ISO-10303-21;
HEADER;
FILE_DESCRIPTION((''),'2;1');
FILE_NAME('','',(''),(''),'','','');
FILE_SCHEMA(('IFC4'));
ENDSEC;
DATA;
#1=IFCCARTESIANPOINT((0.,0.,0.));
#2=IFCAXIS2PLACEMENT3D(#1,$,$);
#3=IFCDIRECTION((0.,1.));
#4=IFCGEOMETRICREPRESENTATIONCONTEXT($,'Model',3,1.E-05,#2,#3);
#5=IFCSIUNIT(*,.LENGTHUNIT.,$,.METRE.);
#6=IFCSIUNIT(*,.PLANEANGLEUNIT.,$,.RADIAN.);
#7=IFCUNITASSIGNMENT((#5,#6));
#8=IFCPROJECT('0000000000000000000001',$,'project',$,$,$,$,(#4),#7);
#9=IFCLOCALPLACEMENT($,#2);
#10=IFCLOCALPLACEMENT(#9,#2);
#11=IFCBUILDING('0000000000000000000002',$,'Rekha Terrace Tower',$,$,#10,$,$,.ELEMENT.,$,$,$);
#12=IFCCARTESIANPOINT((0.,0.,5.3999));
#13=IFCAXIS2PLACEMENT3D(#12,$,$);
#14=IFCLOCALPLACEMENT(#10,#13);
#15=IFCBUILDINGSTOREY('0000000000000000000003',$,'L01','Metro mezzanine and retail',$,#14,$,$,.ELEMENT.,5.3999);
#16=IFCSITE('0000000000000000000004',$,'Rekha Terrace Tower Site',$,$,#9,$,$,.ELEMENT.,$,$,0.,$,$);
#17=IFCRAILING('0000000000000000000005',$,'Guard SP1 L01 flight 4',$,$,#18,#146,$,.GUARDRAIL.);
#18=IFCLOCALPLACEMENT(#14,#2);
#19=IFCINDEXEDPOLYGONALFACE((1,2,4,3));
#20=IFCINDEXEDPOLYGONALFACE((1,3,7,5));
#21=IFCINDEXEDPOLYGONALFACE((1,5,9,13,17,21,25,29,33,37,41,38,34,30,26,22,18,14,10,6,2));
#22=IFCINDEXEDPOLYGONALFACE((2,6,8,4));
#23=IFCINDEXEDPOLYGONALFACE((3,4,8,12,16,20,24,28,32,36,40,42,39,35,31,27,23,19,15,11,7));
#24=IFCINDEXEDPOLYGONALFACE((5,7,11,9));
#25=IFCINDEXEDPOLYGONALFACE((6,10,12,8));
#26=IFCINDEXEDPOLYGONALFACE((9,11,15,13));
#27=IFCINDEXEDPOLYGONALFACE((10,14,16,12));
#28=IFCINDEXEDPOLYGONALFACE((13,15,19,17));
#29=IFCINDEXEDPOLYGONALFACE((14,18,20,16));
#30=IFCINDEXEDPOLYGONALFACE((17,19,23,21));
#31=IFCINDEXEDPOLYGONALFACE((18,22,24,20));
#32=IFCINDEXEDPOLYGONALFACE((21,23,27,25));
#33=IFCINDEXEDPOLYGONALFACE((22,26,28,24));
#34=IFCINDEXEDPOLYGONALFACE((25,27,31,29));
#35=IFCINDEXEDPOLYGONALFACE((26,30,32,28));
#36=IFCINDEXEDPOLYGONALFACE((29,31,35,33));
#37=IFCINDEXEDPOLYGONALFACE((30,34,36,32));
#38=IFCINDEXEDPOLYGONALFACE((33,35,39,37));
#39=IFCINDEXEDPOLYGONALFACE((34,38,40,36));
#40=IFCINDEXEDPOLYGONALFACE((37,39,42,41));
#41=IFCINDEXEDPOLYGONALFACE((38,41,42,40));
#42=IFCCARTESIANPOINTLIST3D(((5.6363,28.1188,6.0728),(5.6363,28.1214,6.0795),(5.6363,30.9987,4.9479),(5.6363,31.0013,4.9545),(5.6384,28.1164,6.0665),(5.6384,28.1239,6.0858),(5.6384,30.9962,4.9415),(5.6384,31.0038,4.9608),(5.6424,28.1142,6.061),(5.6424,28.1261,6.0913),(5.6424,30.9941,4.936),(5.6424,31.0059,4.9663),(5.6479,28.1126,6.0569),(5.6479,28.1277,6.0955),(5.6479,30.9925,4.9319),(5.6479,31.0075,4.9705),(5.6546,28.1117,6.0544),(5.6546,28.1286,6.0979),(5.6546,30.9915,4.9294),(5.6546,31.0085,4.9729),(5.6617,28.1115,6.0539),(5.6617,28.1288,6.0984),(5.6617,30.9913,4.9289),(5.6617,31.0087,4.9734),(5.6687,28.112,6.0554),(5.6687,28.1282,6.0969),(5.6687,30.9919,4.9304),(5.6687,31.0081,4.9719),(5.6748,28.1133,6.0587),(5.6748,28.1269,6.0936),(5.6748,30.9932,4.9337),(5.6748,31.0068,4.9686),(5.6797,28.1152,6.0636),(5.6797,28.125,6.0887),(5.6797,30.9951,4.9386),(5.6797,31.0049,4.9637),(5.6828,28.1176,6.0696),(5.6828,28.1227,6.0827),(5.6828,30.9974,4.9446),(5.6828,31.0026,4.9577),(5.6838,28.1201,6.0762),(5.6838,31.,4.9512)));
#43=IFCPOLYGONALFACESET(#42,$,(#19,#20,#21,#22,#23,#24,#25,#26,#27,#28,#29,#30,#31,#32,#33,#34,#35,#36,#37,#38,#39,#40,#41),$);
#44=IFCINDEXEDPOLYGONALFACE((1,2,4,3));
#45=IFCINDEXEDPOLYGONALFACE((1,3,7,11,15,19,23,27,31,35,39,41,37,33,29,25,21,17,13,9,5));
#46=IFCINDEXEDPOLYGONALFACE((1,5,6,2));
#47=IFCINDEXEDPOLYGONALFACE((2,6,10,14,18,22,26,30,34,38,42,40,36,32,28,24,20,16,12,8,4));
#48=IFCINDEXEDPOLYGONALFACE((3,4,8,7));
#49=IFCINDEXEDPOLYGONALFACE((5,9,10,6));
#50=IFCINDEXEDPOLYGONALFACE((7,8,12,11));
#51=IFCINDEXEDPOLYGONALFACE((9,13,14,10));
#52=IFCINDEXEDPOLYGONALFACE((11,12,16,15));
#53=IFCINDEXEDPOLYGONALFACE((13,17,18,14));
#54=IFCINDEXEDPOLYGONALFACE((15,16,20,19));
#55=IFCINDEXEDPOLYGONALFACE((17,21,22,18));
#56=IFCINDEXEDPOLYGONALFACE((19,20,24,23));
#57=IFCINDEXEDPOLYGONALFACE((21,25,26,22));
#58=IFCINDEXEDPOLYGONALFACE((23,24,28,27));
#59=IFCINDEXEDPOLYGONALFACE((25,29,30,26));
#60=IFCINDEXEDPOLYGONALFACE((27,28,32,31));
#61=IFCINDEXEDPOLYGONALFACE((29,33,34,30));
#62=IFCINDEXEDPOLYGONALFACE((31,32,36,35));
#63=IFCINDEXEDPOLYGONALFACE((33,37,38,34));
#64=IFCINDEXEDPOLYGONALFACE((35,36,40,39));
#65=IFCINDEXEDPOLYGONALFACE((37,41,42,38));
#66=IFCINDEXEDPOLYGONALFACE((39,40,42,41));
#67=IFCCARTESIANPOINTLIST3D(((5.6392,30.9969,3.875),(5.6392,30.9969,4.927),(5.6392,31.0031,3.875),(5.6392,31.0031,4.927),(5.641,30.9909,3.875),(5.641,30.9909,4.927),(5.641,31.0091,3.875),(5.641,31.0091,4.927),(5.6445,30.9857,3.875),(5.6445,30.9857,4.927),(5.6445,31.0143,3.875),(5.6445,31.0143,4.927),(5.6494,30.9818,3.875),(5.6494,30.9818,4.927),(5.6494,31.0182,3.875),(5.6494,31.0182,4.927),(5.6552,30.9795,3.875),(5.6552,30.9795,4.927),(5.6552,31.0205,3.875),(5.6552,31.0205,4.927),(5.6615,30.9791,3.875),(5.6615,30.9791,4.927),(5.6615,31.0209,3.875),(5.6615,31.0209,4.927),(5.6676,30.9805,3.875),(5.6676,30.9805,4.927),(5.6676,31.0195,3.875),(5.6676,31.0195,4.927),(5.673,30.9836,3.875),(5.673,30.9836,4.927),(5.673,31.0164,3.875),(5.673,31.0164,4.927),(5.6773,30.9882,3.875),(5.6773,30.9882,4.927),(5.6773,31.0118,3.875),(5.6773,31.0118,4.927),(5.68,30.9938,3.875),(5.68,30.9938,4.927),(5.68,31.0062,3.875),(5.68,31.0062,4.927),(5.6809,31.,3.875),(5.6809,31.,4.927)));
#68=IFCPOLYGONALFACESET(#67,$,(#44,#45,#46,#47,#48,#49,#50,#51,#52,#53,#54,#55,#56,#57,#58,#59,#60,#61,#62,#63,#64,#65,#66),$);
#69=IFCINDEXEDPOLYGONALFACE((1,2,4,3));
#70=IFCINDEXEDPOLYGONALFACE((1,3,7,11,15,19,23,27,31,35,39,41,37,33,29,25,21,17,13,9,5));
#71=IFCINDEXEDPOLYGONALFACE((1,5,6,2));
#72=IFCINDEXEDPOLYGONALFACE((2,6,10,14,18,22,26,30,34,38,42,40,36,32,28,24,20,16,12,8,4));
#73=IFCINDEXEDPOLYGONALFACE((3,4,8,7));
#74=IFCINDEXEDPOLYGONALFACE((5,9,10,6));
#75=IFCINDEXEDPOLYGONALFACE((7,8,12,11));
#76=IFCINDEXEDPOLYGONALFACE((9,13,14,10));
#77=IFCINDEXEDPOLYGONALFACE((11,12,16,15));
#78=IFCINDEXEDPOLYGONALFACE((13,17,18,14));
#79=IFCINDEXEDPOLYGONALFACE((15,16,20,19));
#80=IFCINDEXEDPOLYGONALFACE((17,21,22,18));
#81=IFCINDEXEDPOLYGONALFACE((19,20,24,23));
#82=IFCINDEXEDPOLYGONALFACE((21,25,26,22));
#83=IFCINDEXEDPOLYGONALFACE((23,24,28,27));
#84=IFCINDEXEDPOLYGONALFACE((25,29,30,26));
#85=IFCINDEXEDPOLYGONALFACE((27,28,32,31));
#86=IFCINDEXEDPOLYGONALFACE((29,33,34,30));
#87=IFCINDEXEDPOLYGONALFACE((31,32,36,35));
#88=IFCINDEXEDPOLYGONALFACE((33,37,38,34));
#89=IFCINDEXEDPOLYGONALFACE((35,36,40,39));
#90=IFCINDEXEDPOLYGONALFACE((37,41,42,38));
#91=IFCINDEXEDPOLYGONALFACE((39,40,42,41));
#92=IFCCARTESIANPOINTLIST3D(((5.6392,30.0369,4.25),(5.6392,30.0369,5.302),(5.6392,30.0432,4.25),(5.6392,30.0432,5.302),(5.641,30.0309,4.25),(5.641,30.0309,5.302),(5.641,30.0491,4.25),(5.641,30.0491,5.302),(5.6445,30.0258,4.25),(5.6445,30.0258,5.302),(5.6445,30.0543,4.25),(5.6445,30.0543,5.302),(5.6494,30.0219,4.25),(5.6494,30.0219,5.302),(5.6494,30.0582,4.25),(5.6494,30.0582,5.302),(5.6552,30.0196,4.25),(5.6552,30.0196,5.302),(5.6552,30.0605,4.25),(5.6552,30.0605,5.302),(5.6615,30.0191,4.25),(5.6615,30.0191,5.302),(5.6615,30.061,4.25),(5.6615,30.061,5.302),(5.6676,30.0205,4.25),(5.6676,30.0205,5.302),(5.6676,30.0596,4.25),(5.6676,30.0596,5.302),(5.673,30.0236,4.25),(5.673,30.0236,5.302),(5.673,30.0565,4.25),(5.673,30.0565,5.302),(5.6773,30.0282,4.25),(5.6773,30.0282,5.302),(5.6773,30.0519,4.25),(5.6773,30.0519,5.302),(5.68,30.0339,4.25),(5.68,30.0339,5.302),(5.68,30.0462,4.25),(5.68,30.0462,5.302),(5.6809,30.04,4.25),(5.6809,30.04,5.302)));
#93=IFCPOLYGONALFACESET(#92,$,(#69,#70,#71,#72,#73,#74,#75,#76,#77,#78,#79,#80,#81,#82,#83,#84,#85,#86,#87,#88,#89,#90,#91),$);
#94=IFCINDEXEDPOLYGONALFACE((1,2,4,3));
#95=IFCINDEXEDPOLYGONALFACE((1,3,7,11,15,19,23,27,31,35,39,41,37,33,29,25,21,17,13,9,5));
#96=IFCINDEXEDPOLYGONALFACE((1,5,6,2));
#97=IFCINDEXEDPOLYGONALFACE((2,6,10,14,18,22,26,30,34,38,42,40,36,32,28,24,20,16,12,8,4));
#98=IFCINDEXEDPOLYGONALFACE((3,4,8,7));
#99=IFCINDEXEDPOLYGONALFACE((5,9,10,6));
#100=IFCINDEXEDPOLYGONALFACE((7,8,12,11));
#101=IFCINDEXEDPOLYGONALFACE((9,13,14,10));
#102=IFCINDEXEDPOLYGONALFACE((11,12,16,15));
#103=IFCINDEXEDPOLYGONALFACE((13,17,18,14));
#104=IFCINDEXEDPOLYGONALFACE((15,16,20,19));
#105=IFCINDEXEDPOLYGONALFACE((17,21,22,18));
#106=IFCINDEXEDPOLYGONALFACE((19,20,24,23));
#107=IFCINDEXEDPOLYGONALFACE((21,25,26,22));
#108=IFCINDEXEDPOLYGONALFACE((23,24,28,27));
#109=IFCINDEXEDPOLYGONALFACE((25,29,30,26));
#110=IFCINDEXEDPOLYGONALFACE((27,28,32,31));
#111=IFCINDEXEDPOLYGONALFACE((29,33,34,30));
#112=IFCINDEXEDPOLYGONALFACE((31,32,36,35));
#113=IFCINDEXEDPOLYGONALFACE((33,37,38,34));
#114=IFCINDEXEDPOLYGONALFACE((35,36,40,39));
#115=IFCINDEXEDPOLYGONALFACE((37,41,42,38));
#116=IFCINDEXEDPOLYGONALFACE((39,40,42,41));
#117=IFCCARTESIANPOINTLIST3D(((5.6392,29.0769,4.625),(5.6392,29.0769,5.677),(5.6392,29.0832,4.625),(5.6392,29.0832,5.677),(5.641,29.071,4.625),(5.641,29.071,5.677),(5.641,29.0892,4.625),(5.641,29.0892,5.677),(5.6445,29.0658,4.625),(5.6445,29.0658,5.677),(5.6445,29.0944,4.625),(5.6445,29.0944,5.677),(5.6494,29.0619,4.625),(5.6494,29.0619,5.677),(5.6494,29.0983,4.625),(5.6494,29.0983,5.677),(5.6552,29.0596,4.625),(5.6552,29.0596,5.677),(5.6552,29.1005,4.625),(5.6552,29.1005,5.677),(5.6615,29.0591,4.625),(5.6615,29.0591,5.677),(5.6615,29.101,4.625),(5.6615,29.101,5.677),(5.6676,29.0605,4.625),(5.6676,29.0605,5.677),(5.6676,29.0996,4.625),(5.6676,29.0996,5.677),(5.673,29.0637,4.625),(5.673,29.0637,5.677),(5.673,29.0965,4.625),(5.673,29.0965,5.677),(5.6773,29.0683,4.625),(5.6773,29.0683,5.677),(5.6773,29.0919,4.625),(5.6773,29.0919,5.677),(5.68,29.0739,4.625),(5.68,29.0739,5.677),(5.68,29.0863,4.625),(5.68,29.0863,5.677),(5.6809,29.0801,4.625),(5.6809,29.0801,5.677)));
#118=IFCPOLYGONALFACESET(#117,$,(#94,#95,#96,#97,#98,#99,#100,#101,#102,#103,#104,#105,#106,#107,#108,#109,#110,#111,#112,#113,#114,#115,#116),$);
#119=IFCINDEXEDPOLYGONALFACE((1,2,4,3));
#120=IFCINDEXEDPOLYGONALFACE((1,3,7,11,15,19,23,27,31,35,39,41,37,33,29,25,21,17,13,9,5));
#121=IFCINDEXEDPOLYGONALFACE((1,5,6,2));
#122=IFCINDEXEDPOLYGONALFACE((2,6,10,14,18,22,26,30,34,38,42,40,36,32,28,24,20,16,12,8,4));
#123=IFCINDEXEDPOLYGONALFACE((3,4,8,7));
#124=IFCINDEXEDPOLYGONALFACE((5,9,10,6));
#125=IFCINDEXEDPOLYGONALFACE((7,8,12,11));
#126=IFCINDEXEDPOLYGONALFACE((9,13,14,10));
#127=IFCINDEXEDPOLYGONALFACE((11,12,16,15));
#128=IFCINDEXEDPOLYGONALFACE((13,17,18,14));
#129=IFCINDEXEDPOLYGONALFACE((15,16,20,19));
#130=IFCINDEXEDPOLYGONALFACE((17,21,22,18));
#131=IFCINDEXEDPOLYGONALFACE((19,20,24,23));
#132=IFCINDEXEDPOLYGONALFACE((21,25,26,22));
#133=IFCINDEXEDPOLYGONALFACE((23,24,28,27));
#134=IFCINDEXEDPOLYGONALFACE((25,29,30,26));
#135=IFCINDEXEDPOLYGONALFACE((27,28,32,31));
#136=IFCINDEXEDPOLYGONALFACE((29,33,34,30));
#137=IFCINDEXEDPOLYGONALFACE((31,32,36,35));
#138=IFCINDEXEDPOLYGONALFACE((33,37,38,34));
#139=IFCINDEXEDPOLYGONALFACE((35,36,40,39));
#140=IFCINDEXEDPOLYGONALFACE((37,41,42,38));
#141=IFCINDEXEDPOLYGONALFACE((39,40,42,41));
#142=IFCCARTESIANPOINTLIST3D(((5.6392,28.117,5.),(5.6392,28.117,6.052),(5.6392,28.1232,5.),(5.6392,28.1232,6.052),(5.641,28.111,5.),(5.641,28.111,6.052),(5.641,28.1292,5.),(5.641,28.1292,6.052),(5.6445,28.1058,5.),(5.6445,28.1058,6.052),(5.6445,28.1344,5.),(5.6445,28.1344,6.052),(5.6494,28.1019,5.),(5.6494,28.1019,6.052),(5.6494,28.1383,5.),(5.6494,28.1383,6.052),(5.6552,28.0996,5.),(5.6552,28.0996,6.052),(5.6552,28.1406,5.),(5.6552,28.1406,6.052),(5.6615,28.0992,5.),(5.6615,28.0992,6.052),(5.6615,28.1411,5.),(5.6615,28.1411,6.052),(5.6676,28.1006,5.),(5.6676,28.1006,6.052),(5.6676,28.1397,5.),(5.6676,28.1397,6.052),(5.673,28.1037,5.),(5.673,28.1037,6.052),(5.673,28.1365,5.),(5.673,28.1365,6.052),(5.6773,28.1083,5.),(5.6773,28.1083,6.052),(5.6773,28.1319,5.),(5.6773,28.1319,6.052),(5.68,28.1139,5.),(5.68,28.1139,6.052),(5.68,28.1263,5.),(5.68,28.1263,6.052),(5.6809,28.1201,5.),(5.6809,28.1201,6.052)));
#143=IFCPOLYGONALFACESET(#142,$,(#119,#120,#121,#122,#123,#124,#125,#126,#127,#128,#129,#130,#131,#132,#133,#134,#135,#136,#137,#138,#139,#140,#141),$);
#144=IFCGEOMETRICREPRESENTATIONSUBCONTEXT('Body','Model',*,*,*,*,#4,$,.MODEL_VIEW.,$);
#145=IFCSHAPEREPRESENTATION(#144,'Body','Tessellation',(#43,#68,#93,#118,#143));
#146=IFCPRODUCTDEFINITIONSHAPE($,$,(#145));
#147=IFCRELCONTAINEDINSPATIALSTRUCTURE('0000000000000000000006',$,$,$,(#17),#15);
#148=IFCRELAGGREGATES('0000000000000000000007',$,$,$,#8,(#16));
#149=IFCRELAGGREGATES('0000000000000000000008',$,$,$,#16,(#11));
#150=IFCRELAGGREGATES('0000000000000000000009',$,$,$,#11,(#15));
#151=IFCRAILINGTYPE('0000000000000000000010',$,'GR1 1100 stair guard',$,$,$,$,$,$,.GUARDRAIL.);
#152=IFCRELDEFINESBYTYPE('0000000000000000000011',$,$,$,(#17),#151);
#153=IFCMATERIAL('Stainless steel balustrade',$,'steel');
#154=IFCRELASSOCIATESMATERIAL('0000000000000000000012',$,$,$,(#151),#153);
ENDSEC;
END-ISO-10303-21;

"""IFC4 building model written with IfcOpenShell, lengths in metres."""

from ifc_helpers import new_model, si_unit, direction, frame, origin, origin_2d, place, context, subcontext, project, spatial, circle, extrude, material, type_object, element, save


model = new_model("IFC4")

# Units and contexts
model_context = context("Model", 3, precision=1e-05, world=origin(), true_north=direction((0.0, 1.0)))
body_context = subcontext(model_context, "Body", "Model", "MODEL_VIEW")
ifc_project = project(units=[si_unit("LENGTHUNIT", "METRE"), si_unit("PLANEANGLEUNIT", "RADIAN")], contexts=[model_context])

# Site, building, storey
site_placement = place(None, origin())
site = spatial("IfcSite", under=ifc_project, at=site_placement, Name="Rekha Terrace Tower Site", CompositionType="ELEMENT", RefElevation=0.0)
building_placement = place(site_placement, origin())
building = spatial("IfcBuilding", under=site, at=building_placement, Name="Rekha Terrace Tower", CompositionType="ELEMENT")
storey_placement = place(building_placement, frame((0.0, 0.0, 5.3999)))
storey = spatial("IfcBuildingStorey", under=building, at=storey_placement, Name="L01", Description="Metro mezzanine and retail", CompositionType="ELEMENT", Elevation=5.3999)

# Railing
ifc_material_1 = material(Name="Stainless steel balustrade", Category="steel")
railing_type_1 = type_object("IfcRailingType", Name="GR1 1100 stair guard", PredefinedType="GUARDRAIL", material=ifc_material_1)
railing_1_placement = place(storey_placement, frame((5.6599, 31.0, 3.875)))
element("IfcRailing", 1, at=railing_1_placement, inside=storey, type_object=railing_type_1, Name="Guard SP1 L01 flight 4", PredefinedType="GUARDRAIL", context=body_context, shape_type="SweptSolid", body=[
    extrude(circle(Radius=0.0239, at=origin_2d()), frame((0.0, 0.0, 1.0762), z_axis=(0.0, -0.931452, 0.363863), x_axis=(1.0, 0.0, 0.0)), (0.0, 0.0, 1.0), 3.0918),
    extrude(circle(Radius=0.021, at=origin_2d()), origin(), (0.0, 0.0, 1.0), 1.052),
    extrude(circle(Radius=0.021, at=origin_2d()), frame((0.0, -0.96, 0.375)), (0.0, 0.0, 1.0), 1.052),
    extrude(circle(Radius=0.021, at=origin_2d()), frame((0.0, -1.9199, 0.75)), (0.0, 0.0, 1.0), 1.052),
    extrude(circle(Radius=0.021, at=origin_2d()), frame((0.0, -2.8799, 1.125)), (0.0, 0.0, 1.0), 1.052),
])

save(model, "model.ifc")
